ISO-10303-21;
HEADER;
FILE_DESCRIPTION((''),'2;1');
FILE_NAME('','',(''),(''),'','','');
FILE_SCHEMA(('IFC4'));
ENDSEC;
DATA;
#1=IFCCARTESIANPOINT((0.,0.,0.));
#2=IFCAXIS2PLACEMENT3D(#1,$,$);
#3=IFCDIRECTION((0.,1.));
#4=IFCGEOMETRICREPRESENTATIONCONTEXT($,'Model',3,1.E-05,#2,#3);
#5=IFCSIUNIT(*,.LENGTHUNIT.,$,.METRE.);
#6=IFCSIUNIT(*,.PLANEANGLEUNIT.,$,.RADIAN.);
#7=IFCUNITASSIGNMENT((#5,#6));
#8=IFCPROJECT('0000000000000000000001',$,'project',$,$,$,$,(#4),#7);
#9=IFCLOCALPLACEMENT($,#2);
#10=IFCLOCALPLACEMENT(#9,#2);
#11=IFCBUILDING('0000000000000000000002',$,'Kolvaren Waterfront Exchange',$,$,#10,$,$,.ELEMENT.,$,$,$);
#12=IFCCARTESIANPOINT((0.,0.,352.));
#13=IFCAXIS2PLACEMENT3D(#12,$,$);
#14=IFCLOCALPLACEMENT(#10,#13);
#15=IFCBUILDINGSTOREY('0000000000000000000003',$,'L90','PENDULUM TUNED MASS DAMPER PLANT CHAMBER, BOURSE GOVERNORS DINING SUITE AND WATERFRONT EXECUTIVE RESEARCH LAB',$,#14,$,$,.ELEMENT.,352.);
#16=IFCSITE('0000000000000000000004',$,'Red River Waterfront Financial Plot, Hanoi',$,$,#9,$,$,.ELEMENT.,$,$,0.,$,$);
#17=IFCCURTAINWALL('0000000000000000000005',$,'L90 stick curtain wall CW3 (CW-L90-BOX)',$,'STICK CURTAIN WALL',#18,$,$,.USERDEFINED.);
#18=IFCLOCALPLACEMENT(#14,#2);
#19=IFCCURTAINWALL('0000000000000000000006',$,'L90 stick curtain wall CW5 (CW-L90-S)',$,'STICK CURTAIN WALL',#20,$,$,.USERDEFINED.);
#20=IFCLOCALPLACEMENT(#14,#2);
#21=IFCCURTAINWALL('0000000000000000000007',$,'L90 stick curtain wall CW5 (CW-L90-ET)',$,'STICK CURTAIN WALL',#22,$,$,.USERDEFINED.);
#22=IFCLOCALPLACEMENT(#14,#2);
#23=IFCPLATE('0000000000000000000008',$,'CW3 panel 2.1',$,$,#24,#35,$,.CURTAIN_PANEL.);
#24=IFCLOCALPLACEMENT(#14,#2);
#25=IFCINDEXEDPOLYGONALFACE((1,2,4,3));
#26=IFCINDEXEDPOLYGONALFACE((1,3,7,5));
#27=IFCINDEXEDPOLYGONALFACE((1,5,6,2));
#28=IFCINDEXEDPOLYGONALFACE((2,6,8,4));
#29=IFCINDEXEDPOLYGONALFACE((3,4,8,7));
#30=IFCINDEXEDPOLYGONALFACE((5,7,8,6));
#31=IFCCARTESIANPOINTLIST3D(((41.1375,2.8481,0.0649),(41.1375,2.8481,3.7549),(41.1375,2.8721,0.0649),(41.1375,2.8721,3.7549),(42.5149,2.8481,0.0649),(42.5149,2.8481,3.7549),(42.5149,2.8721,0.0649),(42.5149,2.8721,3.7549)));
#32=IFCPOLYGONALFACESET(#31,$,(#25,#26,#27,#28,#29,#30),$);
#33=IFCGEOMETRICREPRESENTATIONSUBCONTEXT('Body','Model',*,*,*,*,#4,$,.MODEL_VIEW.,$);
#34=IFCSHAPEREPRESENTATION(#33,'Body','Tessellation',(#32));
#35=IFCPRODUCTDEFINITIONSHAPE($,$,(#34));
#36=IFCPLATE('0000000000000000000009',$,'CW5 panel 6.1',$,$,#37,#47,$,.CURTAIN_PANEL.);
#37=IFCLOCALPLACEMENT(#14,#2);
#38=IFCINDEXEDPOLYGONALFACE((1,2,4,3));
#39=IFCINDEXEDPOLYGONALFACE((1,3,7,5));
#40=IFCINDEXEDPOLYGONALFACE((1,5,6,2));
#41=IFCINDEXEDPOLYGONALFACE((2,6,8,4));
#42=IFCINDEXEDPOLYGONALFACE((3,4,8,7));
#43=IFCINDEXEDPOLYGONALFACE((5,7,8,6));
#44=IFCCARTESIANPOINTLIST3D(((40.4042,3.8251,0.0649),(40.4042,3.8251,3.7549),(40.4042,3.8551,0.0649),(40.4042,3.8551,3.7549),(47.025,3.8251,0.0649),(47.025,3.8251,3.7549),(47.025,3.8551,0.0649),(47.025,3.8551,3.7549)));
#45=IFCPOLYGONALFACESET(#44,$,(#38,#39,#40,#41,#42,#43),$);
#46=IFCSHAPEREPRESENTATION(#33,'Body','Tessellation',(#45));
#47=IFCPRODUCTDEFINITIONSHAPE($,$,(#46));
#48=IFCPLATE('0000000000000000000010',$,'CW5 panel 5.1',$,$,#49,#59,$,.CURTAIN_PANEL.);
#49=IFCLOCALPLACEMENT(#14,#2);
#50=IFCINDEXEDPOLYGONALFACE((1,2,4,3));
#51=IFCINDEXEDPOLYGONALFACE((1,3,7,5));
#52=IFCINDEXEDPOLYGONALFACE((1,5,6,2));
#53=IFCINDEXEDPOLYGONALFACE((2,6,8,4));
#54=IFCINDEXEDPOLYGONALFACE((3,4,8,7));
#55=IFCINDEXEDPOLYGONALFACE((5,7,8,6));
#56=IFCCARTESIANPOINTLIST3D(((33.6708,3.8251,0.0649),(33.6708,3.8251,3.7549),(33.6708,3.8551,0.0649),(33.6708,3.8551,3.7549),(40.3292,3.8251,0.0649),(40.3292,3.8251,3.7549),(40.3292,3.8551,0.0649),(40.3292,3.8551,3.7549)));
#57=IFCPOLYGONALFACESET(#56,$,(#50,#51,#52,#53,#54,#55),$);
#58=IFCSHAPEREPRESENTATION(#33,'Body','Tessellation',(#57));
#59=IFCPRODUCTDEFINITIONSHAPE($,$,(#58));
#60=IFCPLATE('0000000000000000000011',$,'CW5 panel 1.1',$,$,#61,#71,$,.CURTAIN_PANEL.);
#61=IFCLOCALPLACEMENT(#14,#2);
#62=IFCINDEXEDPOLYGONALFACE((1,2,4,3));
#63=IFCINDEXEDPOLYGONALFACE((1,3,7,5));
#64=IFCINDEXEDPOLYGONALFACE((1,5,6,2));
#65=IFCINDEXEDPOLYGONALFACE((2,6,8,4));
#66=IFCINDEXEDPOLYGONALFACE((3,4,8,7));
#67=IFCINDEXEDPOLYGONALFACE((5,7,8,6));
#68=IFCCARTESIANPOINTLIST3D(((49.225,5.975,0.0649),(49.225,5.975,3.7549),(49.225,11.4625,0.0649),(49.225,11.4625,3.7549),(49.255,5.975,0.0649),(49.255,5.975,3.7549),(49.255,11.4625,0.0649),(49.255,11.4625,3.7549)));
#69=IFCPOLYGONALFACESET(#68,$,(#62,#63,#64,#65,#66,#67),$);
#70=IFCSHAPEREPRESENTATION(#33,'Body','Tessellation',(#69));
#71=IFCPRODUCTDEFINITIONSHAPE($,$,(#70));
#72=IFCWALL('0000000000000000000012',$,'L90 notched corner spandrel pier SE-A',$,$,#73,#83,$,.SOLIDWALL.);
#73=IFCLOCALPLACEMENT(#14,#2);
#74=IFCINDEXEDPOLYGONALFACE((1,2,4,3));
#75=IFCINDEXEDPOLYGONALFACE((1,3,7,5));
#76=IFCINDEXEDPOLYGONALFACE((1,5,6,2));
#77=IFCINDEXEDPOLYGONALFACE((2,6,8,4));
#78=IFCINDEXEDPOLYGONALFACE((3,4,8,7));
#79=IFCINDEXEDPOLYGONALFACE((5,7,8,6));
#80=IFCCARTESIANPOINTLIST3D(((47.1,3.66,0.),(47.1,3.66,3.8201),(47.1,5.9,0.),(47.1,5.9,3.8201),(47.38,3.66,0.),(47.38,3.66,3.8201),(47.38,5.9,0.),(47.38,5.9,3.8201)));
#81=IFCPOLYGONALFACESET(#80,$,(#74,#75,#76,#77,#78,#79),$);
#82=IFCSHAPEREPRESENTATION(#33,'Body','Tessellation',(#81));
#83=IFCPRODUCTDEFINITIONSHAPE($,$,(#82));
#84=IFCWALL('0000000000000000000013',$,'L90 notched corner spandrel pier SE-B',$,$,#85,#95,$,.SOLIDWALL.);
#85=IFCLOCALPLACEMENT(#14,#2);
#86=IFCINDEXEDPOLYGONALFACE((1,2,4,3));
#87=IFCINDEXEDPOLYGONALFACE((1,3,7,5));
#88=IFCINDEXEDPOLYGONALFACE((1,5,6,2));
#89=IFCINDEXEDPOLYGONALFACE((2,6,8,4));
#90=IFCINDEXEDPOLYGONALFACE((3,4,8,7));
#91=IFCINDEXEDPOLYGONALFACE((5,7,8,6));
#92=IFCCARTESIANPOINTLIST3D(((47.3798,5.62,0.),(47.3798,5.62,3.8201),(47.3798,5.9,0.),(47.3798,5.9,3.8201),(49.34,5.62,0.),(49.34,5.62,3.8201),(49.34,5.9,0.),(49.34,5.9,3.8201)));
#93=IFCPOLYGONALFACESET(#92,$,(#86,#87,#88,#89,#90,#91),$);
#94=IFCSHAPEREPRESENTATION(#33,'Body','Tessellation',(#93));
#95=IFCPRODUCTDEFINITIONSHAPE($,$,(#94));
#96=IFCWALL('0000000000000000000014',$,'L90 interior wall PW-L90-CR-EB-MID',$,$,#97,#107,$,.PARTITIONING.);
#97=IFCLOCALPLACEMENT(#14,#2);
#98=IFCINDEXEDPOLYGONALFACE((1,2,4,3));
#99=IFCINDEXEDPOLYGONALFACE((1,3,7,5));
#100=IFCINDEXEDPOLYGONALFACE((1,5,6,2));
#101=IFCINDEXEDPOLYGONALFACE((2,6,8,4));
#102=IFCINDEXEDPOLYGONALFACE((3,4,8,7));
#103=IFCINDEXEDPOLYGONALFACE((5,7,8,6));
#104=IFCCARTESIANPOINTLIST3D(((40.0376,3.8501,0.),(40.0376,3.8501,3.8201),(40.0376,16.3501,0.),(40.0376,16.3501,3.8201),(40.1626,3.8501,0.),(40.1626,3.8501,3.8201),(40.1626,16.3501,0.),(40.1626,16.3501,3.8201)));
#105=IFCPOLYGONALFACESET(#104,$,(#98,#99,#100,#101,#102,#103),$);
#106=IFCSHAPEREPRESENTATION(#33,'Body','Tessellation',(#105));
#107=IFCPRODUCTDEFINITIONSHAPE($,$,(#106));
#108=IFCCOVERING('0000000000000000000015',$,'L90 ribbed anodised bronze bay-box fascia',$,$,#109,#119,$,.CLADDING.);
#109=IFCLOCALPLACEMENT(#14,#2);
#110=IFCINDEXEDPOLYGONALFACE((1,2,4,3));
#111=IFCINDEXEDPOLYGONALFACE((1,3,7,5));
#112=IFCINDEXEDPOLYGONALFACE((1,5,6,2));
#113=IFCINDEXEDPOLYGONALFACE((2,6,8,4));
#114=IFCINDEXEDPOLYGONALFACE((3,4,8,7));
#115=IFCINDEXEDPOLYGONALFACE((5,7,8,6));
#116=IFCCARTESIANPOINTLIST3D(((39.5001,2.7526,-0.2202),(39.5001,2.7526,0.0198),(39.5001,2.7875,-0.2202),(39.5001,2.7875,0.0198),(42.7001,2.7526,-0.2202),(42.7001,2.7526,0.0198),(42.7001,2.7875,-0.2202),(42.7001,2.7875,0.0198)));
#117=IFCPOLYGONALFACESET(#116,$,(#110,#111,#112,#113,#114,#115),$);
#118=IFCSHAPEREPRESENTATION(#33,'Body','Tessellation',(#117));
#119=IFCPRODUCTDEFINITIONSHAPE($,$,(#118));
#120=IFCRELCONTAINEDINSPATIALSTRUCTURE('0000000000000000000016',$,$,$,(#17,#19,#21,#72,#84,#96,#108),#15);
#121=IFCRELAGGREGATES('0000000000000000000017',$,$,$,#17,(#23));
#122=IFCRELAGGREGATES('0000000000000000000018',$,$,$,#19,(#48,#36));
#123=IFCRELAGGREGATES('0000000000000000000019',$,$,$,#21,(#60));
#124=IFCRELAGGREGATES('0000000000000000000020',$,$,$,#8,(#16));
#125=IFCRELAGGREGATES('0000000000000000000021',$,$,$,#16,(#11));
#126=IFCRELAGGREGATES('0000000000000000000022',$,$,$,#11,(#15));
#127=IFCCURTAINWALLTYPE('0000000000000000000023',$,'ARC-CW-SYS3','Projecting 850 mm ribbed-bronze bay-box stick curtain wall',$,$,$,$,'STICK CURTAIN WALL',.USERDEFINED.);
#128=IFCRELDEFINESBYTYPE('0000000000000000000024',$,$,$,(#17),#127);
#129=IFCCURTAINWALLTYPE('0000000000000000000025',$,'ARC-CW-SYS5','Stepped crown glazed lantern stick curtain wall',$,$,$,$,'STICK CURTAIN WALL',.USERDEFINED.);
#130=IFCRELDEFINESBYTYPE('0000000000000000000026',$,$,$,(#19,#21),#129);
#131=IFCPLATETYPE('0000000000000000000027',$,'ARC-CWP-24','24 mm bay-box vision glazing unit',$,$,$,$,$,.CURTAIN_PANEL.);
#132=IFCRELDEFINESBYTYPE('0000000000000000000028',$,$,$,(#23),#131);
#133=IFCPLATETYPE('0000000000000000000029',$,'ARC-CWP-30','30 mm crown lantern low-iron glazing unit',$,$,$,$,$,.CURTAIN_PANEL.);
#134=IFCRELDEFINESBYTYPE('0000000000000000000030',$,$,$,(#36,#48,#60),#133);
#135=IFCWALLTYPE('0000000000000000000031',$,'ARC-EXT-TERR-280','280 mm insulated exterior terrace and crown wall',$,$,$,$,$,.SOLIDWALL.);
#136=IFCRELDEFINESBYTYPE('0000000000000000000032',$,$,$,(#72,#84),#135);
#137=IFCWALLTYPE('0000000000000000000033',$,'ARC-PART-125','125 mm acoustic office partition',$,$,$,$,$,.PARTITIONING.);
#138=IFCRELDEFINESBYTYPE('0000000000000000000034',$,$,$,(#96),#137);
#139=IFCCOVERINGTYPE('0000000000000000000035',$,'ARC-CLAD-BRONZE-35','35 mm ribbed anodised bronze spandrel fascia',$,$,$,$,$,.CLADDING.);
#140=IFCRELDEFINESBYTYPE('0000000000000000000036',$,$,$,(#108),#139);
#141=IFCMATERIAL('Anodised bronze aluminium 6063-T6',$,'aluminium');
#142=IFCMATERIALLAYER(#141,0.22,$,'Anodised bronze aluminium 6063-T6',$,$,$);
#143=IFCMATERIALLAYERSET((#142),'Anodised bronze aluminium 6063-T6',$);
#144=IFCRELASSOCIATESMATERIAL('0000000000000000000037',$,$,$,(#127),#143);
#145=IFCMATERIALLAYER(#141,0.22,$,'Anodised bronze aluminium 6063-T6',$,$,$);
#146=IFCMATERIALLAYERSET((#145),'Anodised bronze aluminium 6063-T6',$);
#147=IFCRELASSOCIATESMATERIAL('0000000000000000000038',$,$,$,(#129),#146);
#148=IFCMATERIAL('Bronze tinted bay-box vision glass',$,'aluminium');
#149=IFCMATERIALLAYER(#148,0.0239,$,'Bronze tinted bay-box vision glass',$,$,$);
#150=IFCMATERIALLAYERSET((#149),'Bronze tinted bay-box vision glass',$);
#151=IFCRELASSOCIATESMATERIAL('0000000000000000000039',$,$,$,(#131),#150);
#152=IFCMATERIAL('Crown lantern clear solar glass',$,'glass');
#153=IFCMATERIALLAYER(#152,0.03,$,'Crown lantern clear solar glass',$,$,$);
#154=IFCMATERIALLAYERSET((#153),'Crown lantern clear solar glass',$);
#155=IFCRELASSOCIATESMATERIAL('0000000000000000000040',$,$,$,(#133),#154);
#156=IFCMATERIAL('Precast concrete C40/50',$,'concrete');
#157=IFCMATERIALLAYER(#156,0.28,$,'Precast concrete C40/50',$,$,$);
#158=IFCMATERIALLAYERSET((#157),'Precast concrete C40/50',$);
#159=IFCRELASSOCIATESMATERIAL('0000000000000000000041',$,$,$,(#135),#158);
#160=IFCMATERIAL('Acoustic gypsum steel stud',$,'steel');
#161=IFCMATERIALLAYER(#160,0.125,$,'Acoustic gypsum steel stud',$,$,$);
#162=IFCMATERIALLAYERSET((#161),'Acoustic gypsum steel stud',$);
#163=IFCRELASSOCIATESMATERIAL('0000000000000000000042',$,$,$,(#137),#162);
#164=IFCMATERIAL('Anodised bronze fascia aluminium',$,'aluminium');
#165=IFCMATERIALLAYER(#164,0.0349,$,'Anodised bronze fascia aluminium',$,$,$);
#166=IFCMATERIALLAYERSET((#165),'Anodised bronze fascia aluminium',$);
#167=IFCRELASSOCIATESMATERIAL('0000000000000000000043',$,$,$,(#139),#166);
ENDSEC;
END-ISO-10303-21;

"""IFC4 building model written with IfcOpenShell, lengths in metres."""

from ifc_helpers import new_model, si_unit, direction, frame, frame_2d, origin, origin_with_axes, origin_2d, place, context, subcontext, project, spatial, rectangle, extrude, source, transform, mapped, material, layer, layer_set, type_object, element, aggregate, save


model = new_model("IFC4")

# Units and contexts
model_context = context("Model", 3, precision=1e-05, world=origin(), true_north=direction((0.0, 1.0)))
body_context = subcontext(model_context, "Body", "Model", "MODEL_VIEW")
ifc_project = project(units=[si_unit("LENGTHUNIT", "METRE"), si_unit("PLANEANGLEUNIT", "RADIAN")], contexts=[model_context])

# Site, building, storey
site_placement = place(None, origin())
site = spatial("IfcSite", under=ifc_project, at=site_placement, Name="Red River Waterfront Financial Plot, Hanoi", CompositionType="ELEMENT", RefElevation=0.0)
building_placement = place(site_placement, origin())
building = spatial("IfcBuilding", under=site, at=building_placement, Name="Kolvaren Waterfront Exchange", CompositionType="ELEMENT")
storey_placement = place(building_placement, frame((0.0, 0.0, 352.0)))
storey = spatial("IfcBuildingStorey", under=building, at=storey_placement, Name="L90", Description="PENDULUM TUNED MASS DAMPER PLANT CHAMBER, BOURSE GOVERNORS DINING SUITE AND WATERFRONT EXECUTIVE RESEARCH LAB", CompositionType="ELEMENT", Elevation=352.0)

# Curtain walls
ifc_material_1 = material(Name="Anodised bronze aluminium 6063-T6", Category="aluminium")
ifc_layer_1 = layer(ifc_material_1, 0.22, Name="Anodised bronze aluminium 6063-T6")
ifc_layer_set_1 = layer_set([ifc_layer_1], Name="Anodised bronze aluminium 6063-T6")
curtain_wall_type_1 = type_object("IfcCurtainWallType", Name="ARC-CW-SYS3", Description="Projecting 850 mm ribbed-bronze bay-box stick curtain wall", ElementType="STICK CURTAIN WALL", PredefinedType="USERDEFINED", material=ifc_layer_set_1)
curtain_wall_1_placement = place(storey_placement, origin())
curtain_wall_1 = element("IfcCurtainWall", 1, at=curtain_wall_1_placement, inside=storey, type_object=curtain_wall_type_1, Name="L90 stick curtain wall CW3 (CW-L90-BOX)", ObjectType="STICK CURTAIN WALL", PredefinedType="USERDEFINED")
ifc_layer_2 = layer(ifc_material_1, 0.22, Name="Anodised bronze aluminium 6063-T6")
ifc_layer_set_2 = layer_set([ifc_layer_2], Name="Anodised bronze aluminium 6063-T6")
curtain_wall_type_2 = type_object("IfcCurtainWallType", Name="ARC-CW-SYS5", Description="Stepped crown glazed lantern stick curtain wall", ElementType="STICK CURTAIN WALL", PredefinedType="USERDEFINED", material=ifc_layer_set_2)
curtain_wall_2_placement = place(storey_placement, origin())
curtain_wall_2 = element("IfcCurtainWall", 2, at=curtain_wall_2_placement, inside=storey, type_object=curtain_wall_type_2, Name="L90 stick curtain wall CW5 (CW-L90-S)", ObjectType="STICK CURTAIN WALL", PredefinedType="USERDEFINED")
curtain_wall_3_placement = place(storey_placement, origin())
curtain_wall_3 = element("IfcCurtainWall", 3, at=curtain_wall_3_placement, inside=storey, type_object=curtain_wall_type_2, Name="L90 stick curtain wall CW5 (CW-L90-ET)", ObjectType="STICK CURTAIN WALL", PredefinedType="USERDEFINED")

# Plates
ifc_material_2 = material(Name="Bronze tinted bay-box vision glass", Category="aluminium")
ifc_layer_3 = layer(ifc_material_2, 0.0239, Name="Bronze tinted bay-box vision glass")
ifc_layer_set_3 = layer_set([ifc_layer_3], Name="Bronze tinted bay-box vision glass")
plate_type_1 = type_object("IfcPlateType", Name="ARC-CWP-24", Description="24 mm bay-box vision glazing unit", PredefinedType="CURTAIN_PANEL", material=ifc_layer_set_3)
shared_shape_1 = source(origin_with_axes(), body_context, "Body", "SweptSolid", [
    extrude(rectangle(XDim=1.3774, YDim=0.0239, at=origin_2d()), origin(), (0.0, 0.0, 1.0), 3.6899),
])
plate_1_placement = place(storey_placement, frame((41.8262, 2.8601, 0.0649), z_axis=(0.0, 0.0, 1.0), x_axis=(1.0, 0.0, 0.0)))
plate_1 = element("IfcPlate", 4, at=plate_1_placement, type_object=plate_type_1, Name="CW3 panel 2.1", PredefinedType="CURTAIN_PANEL", context=body_context, shape_type="MappedRepresentation", body=[
    mapped(shared_shape_1, transform((0.0, 0.0, 0.0), x_axis=(1.0, 0.0, 0.0), y_axis=(0.0, 1.0, 0.0), z_axis=(0.0, 0.0, 1.0), scale=1.0)),
])
aggregate(curtain_wall_1, [plate_1])
ifc_material_3 = material(Name="Crown lantern clear solar glass", Category="glass")
ifc_layer_4 = layer(ifc_material_3, 0.03, Name="Crown lantern clear solar glass")
ifc_layer_set_4 = layer_set([ifc_layer_4], Name="Crown lantern clear solar glass")
plate_type_2 = type_object("IfcPlateType", Name="ARC-CWP-30", Description="30 mm crown lantern low-iron glazing unit", PredefinedType="CURTAIN_PANEL", material=ifc_layer_set_4)
shared_shape_2 = source(origin_with_axes(), body_context, "Body", "SweptSolid", [
    extrude(rectangle(XDim=6.6208, YDim=0.03, at=origin_2d()), origin(), (0.0, 0.0, 1.0), 3.6899),
])
plate_2_placement = place(storey_placement, frame((43.7146, 3.8401, 0.0649), z_axis=(0.0, 0.0, 1.0), x_axis=(1.0, 0.0, 0.0)))
plate_2 = element("IfcPlate", 5, at=plate_2_placement, type_object=plate_type_2, Name="CW5 panel 6.1", PredefinedType="CURTAIN_PANEL", context=body_context, shape_type="MappedRepresentation", body=[
    mapped(shared_shape_2, transform((0.0, 0.0, 0.0), x_axis=(1.0, 0.0, 0.0), y_axis=(0.0, 1.0, 0.0), z_axis=(0.0, 0.0, 1.0), scale=1.0)),
])
shared_shape_3 = source(origin_with_axes(), body_context, "Body", "SweptSolid", [
    extrude(rectangle(XDim=6.6584, YDim=0.03, at=origin_2d()), origin(), (0.0, 0.0, 1.0), 3.6899),
])
plate_3_placement = place(storey_placement, frame((37.0, 3.8401, 0.0649), z_axis=(0.0, 0.0, 1.0), x_axis=(1.0, 0.0, 0.0)))
plate_3 = element("IfcPlate", 6, at=plate_3_placement, type_object=plate_type_2, Name="CW5 panel 5.1", PredefinedType="CURTAIN_PANEL", context=body_context, shape_type="MappedRepresentation", body=[
    mapped(shared_shape_3, transform((0.0, 0.0, 0.0), x_axis=(1.0, 0.0, 0.0), y_axis=(0.0, 1.0, 0.0), z_axis=(0.0, 0.0, 1.0), scale=1.0)),
])
aggregate(curtain_wall_2, [plate_3, plate_2])
shared_shape_4 = source(origin_with_axes(), body_context, "Body", "SweptSolid", [
    extrude(rectangle(XDim=5.4875, YDim=0.03, at=origin_2d()), origin(), (0.0, 0.0, 1.0), 3.6899),
])
plate_4_placement = place(storey_placement, frame((49.24, 8.7188, 0.0649), z_axis=(0.0, 0.0, 1.0), x_axis=(0.0, 1.0, 0.0)))
plate_4 = element("IfcPlate", 7, at=plate_4_placement, type_object=plate_type_2, Name="CW5 panel 1.1", PredefinedType="CURTAIN_PANEL", context=body_context, shape_type="MappedRepresentation", body=[
    mapped(shared_shape_4, transform((0.0, 0.0, 0.0), x_axis=(1.0, 0.0, 0.0), y_axis=(0.0, 1.0, 0.0), z_axis=(0.0, 0.0, 1.0), scale=1.0)),
])
aggregate(curtain_wall_3, [plate_4])

# Walls
ifc_material_4 = material(Name="Precast concrete C40/50", Category="concrete")
ifc_layer_5 = layer(ifc_material_4, 0.28, Name="Precast concrete C40/50")
ifc_layer_set_5 = layer_set([ifc_layer_5], Name="Precast concrete C40/50")
wall_type_1 = type_object("IfcWallType", Name="ARC-EXT-TERR-280", Description="280 mm insulated exterior terrace and crown wall", PredefinedType="SOLIDWALL", material=ifc_layer_set_5)
wall_1_placement = place(storey_placement, frame((47.24, 3.6599, 0.0), z_axis=(0.0, 0.0, 1.0), x_axis=(0.0, 1.0, 0.0)))
element("IfcWall", 8, at=wall_1_placement, inside=storey, type_object=wall_type_1, Name="L90 notched corner spandrel pier SE-A", PredefinedType="SOLIDWALL", context=body_context, shape_type="SweptSolid", body=[
    extrude(rectangle(XDim=2.24, YDim=0.28, at=frame_2d((1.1201, 0.0))), origin(), (0.0, 0.0, 1.0), 3.8201),
])
wall_2_placement = place(storey_placement, frame((47.3799, 5.76, 0.0), z_axis=(0.0, 0.0, 1.0), x_axis=(1.0, 0.0, 0.0)))
element("IfcWall", 9, at=wall_2_placement, inside=storey, type_object=wall_type_1, Name="L90 notched corner spandrel pier SE-B", PredefinedType="SOLIDWALL", context=body_context, shape_type="SweptSolid", body=[
    extrude(rectangle(XDim=1.9602, YDim=0.28, at=frame_2d((0.98, 0.0))), origin(), (0.0, 0.0, 1.0), 3.8201),
])
ifc_material_5 = material(Name="Acoustic gypsum steel stud", Category="steel")
ifc_layer_6 = layer(ifc_material_5, 0.125, Name="Acoustic gypsum steel stud")
ifc_layer_set_6 = layer_set([ifc_layer_6], Name="Acoustic gypsum steel stud")
wall_type_2 = type_object("IfcWallType", Name="ARC-PART-125", Description="125 mm acoustic office partition", PredefinedType="PARTITIONING", material=ifc_layer_set_6)
wall_3_placement = place(storey_placement, frame((40.1001, 3.8501, 0.0), z_axis=(0.0, 0.0, 1.0), x_axis=(0.0, 1.0, 0.0)))
element("IfcWall", 10, at=wall_3_placement, inside=storey, type_object=wall_type_2, Name="L90 interior wall PW-L90-CR-EB-MID", PredefinedType="PARTITIONING", context=body_context, shape_type="SweptSolid", body=[
    extrude(rectangle(XDim=12.5, YDim=0.125, at=frame_2d((6.25, 0.0))), origin(), (0.0, 0.0, 1.0), 3.8201),
])

# Covering
ifc_material_6 = material(Name="Anodised bronze fascia aluminium", Category="aluminium")
ifc_layer_7 = layer(ifc_material_6, 0.0349, Name="Anodised bronze fascia aluminium")
ifc_layer_set_7 = layer_set([ifc_layer_7], Name="Anodised bronze fascia aluminium")
covering_type = type_object("IfcCoveringType", Name="ARC-CLAD-BRONZE-35", Description="35 mm ribbed anodised bronze spandrel fascia", PredefinedType="CLADDING", material=ifc_layer_set_7)
covering_placement = place(storey_placement, frame((41.1001, 2.77, -0.2202), z_axis=(0.0, 0.0, 1.0), x_axis=(1.0, 0.0, 0.0)))
element("IfcCovering", 11, at=covering_placement, inside=storey, type_object=covering_type, Name="L90 ribbed anodised bronze bay-box fascia", PredefinedType="CLADDING", context=body_context, shape_type="SweptSolid", body=[
    extrude(rectangle(XDim=3.2, YDim=0.0349, at=origin_2d()), origin(), (0.0, 0.0, 1.0), 0.24),
])

save(model, "model.ifc")
